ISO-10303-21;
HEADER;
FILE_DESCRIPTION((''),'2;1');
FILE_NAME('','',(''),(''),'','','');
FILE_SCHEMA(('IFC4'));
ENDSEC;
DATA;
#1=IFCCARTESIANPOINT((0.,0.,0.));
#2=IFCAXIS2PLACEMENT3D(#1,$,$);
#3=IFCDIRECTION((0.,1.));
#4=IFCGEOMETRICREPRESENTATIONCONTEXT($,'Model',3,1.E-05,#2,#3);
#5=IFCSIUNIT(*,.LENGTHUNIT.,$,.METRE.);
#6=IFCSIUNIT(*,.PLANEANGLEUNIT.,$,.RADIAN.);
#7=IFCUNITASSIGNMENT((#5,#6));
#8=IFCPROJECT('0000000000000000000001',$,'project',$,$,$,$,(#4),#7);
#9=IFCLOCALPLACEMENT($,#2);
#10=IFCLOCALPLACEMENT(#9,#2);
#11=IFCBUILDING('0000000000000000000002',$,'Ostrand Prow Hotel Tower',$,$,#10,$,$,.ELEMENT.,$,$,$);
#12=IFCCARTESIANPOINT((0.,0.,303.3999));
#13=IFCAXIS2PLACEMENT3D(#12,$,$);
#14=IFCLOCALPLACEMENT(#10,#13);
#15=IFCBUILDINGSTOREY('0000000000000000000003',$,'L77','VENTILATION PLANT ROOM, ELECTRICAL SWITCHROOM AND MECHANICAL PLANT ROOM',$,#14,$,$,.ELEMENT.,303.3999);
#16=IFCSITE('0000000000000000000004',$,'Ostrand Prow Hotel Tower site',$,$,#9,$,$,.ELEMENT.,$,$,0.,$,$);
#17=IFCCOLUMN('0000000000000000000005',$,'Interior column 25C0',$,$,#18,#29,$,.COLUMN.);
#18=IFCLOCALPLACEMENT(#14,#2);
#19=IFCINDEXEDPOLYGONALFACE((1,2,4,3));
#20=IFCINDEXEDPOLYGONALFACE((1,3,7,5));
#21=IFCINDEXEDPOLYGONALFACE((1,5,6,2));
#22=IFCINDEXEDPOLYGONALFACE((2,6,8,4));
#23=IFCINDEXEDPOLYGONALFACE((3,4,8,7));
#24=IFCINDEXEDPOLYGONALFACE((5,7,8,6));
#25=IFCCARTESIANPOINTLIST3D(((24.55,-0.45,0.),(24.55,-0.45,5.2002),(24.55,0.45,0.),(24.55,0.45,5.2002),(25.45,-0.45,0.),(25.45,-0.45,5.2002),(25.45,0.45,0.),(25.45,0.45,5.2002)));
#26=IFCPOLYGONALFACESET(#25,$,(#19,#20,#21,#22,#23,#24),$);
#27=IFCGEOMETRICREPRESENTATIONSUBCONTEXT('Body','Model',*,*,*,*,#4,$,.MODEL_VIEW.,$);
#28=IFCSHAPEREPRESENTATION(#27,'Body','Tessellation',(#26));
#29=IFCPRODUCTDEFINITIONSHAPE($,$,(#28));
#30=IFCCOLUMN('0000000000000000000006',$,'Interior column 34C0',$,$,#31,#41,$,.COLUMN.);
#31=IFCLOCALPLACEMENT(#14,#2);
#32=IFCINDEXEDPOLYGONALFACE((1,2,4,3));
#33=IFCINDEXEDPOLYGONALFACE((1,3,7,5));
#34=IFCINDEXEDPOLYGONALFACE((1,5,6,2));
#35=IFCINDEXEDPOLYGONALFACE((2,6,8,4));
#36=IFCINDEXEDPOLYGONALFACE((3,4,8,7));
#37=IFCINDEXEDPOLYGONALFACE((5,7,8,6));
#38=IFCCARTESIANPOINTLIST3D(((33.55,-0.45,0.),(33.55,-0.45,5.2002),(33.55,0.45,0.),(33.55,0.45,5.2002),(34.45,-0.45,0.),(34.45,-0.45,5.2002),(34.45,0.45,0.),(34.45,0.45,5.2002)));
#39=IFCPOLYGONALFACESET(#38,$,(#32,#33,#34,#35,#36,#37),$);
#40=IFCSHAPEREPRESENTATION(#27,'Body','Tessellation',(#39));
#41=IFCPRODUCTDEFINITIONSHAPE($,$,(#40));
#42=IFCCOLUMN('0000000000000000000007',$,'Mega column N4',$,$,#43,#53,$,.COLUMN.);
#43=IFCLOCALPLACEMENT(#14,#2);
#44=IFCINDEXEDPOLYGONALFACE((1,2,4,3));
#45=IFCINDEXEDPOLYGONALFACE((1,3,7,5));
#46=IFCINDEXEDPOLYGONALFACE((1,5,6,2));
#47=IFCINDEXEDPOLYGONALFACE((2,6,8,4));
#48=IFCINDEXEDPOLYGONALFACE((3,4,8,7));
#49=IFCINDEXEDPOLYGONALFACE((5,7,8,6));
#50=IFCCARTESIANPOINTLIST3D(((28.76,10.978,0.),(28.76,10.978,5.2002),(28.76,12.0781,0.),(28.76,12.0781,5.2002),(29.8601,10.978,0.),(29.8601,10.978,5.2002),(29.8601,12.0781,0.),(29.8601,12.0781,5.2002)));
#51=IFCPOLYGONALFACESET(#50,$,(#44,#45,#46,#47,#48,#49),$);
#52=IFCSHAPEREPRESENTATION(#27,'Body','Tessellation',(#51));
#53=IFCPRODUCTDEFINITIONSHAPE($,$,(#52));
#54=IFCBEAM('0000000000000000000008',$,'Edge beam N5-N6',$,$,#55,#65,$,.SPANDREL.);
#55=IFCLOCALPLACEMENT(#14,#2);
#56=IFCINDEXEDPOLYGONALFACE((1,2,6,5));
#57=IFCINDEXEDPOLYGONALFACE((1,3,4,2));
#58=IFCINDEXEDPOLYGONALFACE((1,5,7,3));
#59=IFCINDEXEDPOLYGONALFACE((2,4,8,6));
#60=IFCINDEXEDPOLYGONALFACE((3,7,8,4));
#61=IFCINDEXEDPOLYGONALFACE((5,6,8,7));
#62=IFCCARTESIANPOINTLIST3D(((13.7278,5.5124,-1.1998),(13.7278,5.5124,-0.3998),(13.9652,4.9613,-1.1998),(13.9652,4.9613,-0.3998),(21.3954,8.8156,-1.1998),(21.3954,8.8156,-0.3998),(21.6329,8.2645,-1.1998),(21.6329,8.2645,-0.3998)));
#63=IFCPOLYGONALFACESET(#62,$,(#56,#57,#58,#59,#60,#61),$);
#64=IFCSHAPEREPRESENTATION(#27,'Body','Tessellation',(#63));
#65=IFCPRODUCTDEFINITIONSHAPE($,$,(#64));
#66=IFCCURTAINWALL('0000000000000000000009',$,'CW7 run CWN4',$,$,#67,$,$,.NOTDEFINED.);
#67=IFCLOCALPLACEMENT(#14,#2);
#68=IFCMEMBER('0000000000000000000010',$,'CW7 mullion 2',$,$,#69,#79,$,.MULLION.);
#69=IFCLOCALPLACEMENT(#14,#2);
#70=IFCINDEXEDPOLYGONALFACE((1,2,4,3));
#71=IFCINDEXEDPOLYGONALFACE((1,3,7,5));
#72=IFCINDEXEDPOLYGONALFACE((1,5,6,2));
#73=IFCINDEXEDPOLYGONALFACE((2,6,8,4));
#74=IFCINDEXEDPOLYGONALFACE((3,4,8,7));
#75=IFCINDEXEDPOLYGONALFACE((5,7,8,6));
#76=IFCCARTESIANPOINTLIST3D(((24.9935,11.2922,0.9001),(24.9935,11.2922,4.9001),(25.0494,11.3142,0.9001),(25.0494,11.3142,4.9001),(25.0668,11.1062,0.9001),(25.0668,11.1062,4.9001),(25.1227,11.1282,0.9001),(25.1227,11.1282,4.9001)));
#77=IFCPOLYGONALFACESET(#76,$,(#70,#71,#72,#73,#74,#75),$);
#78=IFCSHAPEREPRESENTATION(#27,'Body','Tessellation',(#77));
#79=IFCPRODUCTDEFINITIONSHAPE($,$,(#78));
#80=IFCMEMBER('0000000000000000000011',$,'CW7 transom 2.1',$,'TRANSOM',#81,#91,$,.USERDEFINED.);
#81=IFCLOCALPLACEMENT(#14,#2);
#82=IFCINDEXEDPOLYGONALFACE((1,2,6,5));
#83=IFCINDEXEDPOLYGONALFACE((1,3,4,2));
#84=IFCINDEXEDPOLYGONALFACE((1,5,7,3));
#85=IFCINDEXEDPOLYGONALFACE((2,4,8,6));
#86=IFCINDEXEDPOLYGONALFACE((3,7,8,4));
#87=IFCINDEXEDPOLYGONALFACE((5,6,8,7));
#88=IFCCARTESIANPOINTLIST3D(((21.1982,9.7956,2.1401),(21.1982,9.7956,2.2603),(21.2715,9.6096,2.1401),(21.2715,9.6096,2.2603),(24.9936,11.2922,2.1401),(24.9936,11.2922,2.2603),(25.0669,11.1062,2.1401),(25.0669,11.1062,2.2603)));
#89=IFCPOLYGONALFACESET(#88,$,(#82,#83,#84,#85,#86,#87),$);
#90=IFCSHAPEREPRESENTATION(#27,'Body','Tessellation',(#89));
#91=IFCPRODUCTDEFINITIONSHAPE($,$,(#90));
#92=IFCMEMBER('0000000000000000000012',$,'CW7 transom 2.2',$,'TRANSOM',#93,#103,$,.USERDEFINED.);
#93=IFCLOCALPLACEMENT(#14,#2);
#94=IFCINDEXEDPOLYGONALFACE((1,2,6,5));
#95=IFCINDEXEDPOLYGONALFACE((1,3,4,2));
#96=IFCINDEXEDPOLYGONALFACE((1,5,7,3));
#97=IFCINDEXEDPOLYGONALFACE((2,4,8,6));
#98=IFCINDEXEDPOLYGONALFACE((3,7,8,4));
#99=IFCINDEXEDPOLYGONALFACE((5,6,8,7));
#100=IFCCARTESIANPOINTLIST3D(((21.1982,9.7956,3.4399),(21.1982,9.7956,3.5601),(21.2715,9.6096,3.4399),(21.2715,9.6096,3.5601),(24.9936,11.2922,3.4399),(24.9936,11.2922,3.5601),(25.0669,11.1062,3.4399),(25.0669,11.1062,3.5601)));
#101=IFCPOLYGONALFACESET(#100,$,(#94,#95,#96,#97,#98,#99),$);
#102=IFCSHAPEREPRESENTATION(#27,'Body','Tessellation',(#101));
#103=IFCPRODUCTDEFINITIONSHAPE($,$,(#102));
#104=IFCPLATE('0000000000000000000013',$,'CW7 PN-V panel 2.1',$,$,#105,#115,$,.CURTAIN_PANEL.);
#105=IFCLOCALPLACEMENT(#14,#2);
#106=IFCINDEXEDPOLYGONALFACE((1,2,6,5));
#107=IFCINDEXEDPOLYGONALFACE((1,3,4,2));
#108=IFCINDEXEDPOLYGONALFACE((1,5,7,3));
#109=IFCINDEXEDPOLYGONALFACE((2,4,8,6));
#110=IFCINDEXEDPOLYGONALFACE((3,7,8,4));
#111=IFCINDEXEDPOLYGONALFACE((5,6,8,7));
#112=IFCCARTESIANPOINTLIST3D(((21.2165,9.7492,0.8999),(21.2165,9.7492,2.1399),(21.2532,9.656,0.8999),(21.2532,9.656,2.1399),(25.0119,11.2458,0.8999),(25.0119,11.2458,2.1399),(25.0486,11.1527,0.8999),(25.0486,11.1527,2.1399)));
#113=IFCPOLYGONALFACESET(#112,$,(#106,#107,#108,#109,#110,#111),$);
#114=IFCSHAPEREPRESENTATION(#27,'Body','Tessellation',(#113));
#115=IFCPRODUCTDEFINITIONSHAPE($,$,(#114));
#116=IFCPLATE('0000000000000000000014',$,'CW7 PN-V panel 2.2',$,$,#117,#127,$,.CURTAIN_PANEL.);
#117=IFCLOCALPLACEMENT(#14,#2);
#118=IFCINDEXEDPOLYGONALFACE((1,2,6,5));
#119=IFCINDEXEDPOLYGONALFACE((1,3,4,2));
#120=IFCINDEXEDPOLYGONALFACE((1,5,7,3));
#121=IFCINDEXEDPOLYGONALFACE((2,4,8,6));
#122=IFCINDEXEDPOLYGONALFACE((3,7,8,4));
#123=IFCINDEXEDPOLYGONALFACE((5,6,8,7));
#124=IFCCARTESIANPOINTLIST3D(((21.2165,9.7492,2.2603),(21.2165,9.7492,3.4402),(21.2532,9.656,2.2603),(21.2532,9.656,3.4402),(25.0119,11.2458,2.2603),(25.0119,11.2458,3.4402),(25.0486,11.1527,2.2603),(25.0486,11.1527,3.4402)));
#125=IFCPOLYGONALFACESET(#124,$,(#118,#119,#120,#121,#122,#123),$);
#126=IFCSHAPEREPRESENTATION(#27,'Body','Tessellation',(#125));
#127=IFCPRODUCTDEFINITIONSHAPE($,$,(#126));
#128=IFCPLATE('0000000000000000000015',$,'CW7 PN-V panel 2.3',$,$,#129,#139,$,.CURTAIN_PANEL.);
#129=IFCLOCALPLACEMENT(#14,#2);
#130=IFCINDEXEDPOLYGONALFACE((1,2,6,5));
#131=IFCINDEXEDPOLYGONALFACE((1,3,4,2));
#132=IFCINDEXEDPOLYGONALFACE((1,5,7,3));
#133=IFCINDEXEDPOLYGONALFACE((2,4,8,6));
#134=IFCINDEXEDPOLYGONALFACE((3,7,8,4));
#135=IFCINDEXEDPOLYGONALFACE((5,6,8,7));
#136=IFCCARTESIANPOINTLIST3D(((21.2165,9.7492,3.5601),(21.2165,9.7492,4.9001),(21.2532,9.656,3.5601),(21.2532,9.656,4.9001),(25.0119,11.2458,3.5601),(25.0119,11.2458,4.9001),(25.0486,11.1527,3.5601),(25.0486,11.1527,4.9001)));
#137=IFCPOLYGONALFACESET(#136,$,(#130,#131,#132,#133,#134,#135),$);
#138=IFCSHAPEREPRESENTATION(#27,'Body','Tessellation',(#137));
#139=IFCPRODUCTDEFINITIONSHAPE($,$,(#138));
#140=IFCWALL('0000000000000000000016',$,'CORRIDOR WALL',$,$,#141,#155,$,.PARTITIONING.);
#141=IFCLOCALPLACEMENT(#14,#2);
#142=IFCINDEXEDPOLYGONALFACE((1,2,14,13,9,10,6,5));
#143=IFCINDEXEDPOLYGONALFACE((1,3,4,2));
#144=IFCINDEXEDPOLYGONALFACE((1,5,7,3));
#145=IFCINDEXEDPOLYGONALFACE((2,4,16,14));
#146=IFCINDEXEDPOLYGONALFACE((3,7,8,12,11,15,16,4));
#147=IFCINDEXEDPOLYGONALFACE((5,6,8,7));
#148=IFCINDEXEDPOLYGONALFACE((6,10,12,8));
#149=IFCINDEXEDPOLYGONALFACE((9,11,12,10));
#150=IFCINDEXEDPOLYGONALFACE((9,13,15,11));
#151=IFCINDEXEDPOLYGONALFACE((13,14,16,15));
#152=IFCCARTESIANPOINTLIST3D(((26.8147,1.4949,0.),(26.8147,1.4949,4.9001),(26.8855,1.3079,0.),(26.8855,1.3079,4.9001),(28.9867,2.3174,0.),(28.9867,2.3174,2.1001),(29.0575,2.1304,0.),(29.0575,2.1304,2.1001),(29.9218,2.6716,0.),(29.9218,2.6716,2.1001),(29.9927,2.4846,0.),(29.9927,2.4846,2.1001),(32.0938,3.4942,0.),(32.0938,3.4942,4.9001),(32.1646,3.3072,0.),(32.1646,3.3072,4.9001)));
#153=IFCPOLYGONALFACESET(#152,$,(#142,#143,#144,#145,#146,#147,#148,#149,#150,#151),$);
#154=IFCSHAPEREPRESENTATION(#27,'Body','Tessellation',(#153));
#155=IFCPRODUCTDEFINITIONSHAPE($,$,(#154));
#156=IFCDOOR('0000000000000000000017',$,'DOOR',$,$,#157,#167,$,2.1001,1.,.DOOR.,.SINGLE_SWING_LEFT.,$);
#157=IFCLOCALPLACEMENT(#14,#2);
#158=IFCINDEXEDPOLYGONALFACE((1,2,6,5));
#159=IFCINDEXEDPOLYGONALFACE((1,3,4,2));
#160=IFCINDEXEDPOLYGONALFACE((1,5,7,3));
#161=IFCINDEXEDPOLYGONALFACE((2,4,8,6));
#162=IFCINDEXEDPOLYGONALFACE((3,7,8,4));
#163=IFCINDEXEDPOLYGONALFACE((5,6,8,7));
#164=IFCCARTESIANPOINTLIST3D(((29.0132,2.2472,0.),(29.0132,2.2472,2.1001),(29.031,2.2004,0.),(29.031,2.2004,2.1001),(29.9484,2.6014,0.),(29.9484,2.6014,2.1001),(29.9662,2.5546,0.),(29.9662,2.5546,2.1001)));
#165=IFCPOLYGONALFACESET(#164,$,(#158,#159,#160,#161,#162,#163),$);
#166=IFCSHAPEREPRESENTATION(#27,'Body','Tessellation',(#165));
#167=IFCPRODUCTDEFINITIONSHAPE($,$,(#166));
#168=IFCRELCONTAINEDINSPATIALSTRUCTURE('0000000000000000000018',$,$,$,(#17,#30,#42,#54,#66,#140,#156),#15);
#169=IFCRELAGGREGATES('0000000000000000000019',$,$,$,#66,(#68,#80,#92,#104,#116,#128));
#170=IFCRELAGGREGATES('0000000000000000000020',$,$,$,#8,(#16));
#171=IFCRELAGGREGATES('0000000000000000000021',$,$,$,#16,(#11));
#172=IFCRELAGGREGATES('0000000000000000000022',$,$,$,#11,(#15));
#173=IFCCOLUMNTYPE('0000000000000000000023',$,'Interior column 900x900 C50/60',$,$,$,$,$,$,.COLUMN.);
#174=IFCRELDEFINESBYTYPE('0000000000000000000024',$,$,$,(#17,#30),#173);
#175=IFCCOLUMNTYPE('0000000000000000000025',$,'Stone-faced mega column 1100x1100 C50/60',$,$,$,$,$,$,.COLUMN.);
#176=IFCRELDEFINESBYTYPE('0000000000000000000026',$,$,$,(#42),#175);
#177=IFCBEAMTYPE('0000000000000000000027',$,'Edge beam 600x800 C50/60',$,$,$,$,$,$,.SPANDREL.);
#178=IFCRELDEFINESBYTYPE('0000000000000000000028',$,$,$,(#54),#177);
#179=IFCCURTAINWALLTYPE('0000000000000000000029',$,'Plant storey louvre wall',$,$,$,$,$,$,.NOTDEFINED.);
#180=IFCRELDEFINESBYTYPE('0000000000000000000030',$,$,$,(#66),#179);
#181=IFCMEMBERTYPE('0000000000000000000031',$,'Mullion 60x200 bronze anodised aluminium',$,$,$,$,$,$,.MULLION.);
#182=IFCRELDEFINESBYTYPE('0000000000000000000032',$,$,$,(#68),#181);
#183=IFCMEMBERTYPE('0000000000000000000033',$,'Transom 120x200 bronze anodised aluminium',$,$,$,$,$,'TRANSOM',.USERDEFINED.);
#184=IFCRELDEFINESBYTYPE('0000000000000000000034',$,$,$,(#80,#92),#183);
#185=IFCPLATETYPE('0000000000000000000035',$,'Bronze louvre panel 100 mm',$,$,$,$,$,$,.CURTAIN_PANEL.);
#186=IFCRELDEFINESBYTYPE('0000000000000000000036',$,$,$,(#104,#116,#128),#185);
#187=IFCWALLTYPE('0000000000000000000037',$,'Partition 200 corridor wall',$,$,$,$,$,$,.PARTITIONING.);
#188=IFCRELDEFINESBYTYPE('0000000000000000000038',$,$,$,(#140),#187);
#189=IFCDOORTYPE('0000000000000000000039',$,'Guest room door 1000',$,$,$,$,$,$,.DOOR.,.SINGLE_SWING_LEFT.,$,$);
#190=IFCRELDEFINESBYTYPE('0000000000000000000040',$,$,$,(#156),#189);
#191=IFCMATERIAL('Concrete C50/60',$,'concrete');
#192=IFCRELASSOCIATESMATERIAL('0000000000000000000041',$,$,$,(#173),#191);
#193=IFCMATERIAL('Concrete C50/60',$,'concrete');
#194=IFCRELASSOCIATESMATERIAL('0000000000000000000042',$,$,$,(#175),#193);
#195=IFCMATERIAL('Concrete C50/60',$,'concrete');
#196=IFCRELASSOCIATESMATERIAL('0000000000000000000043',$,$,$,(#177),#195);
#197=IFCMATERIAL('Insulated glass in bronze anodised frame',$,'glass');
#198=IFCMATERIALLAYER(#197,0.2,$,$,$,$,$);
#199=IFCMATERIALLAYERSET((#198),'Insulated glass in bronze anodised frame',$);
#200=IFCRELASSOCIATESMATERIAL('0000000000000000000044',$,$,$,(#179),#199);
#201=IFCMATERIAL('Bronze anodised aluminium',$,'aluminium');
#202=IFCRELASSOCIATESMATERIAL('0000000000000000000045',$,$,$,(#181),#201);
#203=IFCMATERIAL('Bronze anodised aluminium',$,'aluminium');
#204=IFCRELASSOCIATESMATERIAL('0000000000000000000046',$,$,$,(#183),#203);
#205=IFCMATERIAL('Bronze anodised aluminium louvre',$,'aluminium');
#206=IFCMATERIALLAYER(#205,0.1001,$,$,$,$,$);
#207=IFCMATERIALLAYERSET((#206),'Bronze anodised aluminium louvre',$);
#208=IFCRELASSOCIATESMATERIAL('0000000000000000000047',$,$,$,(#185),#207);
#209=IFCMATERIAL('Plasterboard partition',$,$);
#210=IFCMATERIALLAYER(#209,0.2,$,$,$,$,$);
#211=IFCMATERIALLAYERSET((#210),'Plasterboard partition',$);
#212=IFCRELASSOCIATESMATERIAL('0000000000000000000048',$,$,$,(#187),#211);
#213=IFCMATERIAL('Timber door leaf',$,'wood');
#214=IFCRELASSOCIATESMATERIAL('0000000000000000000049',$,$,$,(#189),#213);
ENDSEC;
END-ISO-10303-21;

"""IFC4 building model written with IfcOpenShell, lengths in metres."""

from ifc_helpers import new_model, si_unit, direction, frame, frame_2d, origin, origin_2d, place, context, subcontext, project, spatial, rectangle, extrude, material, layer, layer_set, material_profile, profile_set, type_object, element, fill, aggregate, save


model = new_model("IFC4")

# Units and contexts
model_context = context("Model", 3, precision=1e-05, world=origin(), true_north=direction((0.0, 1.0)))
body_context = subcontext(model_context, "Body", "Model", "MODEL_VIEW")
ifc_project = project(units=[si_unit("LENGTHUNIT", "METRE"), si_unit("PLANEANGLEUNIT", "RADIAN")], contexts=[model_context])

# Site, building, storey
site_placement = place(None, origin())
site = spatial("IfcSite", under=ifc_project, at=site_placement, Name="Ostrand Prow Hotel Tower site", CompositionType="ELEMENT", RefElevation=0.0)
building_placement = place(site_placement, origin())
building = spatial("IfcBuilding", under=site, at=building_placement, Name="Ostrand Prow Hotel Tower", CompositionType="ELEMENT")
storey_placement = place(building_placement, frame((0.0, 0.0, 303.3999)))
storey = spatial("IfcBuildingStorey", under=building, at=storey_placement, Name="L77", Description="VENTILATION PLANT ROOM, ELECTRICAL SWITCHROOM AND MECHANICAL PLANT ROOM", CompositionType="ELEMENT", Elevation=303.3999)

# Columns
ifc_material_1 = material(Name="Concrete C50/60", Category="concrete")
ifc_material_profile_1 = material_profile(ifc_material_1, rectangle(XDim=0.8999, YDim=0.8999, at=origin_2d()), Name="RC 900x900")
ifc_profile_set_1 = profile_set([ifc_material_profile_1], Name="Concrete C50/60")
column_type_1 = type_object("IfcColumnType", Name="Interior column 900x900 C50/60", PredefinedType="COLUMN", material=ifc_profile_set_1)
for number, where, z_axis, x_axis, name in (
    (1, (25.0, 0.0, 0.0), (0.0, 0.0, 1.0), (1.0, 0.0, 0.0), "Interior column 25C0"),
    (2, (34.0, 0.0, 0.0), (0.0, 0.0, 1.0), (1.0, 0.0, 0.0), "Interior column 34C0"),
):
    element("IfcColumn", number, at=place(storey_placement, frame(where, z_axis=z_axis, x_axis=x_axis)), inside=storey, type_object=column_type_1, Name=name, PredefinedType="COLUMN", context=body_context, shape_type="SweptSolid", body=[
        extrude(rectangle(XDim=0.8999, YDim=0.8999, at=origin_2d()), origin(), (0.0, 0.0, 1.0), 5.2002),
    ])
ifc_material_2 = material(Name="Concrete C50/60", Category="concrete")
ifc_material_profile_2 = material_profile(ifc_material_2, rectangle(XDim=1.1001, YDim=1.1001, at=origin_2d()), Name="RC 1100x1100")
ifc_profile_set_2 = profile_set([ifc_material_profile_2], Name="Concrete C50/60")
column_type_2 = type_object("IfcColumnType", Name="Stone-faced mega column 1100x1100 C50/60", PredefinedType="COLUMN", material=ifc_profile_set_2)
column_placement = place(storey_placement, frame((29.3101, 11.5281, 0.0), z_axis=(0.0, 0.0, 1.0), x_axis=(1.0, 0.0, 0.0)))
element("IfcColumn", 3, at=column_placement, inside=storey, type_object=column_type_2, Name="Mega column N4", PredefinedType="COLUMN", context=body_context, shape_type="SweptSolid", body=[
    extrude(rectangle(XDim=1.1001, YDim=1.1001, at=origin_2d()), origin(), (0.0, 0.0, 1.0), 5.2002),
])

# Beam
ifc_material_3 = material(Name="Concrete C50/60", Category="concrete")
ifc_material_profile_3 = material_profile(ifc_material_3, rectangle(XDim=0.6001, YDim=0.8, at=origin_2d()), Name="RC 600x800")
ifc_profile_set_3 = profile_set([ifc_material_profile_3], Name="Concrete C50/60")
beam_type = type_object("IfcBeamType", Name="Edge beam 600x800 C50/60", PredefinedType="SPANDREL", material=ifc_profile_set_3)
beam_placement = place(storey_placement, frame((21.5142, 8.54, -0.7998), z_axis=(-0.918404, -0.395644, 0.0), x_axis=(0.395644, -0.918404, 0.0)))
element("IfcBeam", 4, at=beam_placement, inside=storey, type_object=beam_type, Name="Edge beam N5-N6", PredefinedType="SPANDREL", context=body_context, shape_type="SweptSolid", body=[
    extrude(rectangle(XDim=0.6001, YDim=0.8, at=origin_2d()), origin(), (0.0, 0.0, 1.0), 8.3489),
])

# Curtain wall, members, plates
ifc_material_4 = material(Name="Insulated glass in bronze anodised frame", Category="glass")
ifc_layer_1 = layer(ifc_material_4, 0.2)
ifc_layer_set_1 = layer_set([ifc_layer_1], Name="Insulated glass in bronze anodised frame")
curtain_wall_type = type_object("IfcCurtainWallType", Name="Plant storey louvre wall", PredefinedType="NOTDEFINED", material=ifc_layer_set_1)
curtain_wall_placement = place(storey_placement, origin())
curtain_wall = element("IfcCurtainWall", 5, at=curtain_wall_placement, inside=storey, type_object=curtain_wall_type, Name="CW7 run CWN4", PredefinedType="NOTDEFINED")
ifc_material_5 = material(Name="Bronze anodised aluminium", Category="aluminium")
ifc_material_profile_4 = material_profile(ifc_material_5, rectangle(XDim=0.2, YDim=0.0601, at=origin_2d()), Name="Mullion 60x200 bronze anodised aluminium")
ifc_profile_set_4 = profile_set([ifc_material_profile_4], Name="Bronze anodised aluminium")
member_type_1 = type_object("IfcMemberType", Name="Mullion 60x200 bronze anodised aluminium", PredefinedType="MULLION", material=ifc_profile_set_4)
member_1_placement = place(storey_placement, frame((25.0581, 11.2102, 0.9001), z_axis=(0.0, 0.0, 1.0), x_axis=(0.366845, -0.930282, 0.0)))
member_1 = element("IfcMember", 6, at=member_1_placement, type_object=member_type_1, Name="CW7 mullion 2", PredefinedType="MULLION", context=body_context, shape_type="SweptSolid", body=[
    extrude(rectangle(XDim=0.2, YDim=0.0601, at=origin_2d()), origin(), (0.0, 0.0, 1.0), 4.0),
])
ifc_material_6 = material(Name="Bronze anodised aluminium", Category="aluminium")
ifc_material_profile_5 = material_profile(ifc_material_6, rectangle(XDim=0.2, YDim=0.1201, at=origin_2d()), Name="Transom 120x200 bronze anodised aluminium")
ifc_profile_set_5 = profile_set([ifc_material_profile_5], Name="Bronze anodised aluminium")
member_type_2 = type_object("IfcMemberType", Name="Transom 120x200 bronze anodised aluminium", ElementType="TRANSOM", PredefinedType="USERDEFINED", material=ifc_profile_set_5)
member_2_placement = place(storey_placement, frame((25.0303, 11.1992, 2.2002), z_axis=(-0.93029, -0.366826, 0.0), x_axis=(0.366826, -0.93029, 0.0)))
member_2 = element("IfcMember", 7, at=member_2_placement, type_object=member_type_2, Name="CW7 transom 2.1", ObjectType="TRANSOM", PredefinedType="USERDEFINED", context=body_context, shape_type="SweptSolid", body=[
    extrude(rectangle(XDim=0.2, YDim=0.1201, at=origin_2d()), origin(), (0.0, 0.0, 1.0), 4.0798),
])
member_3_placement = place(storey_placement, frame((25.0303, 11.1992, 3.5), z_axis=(-0.93029, -0.366826, 0.0), x_axis=(0.366826, -0.93029, 0.0)))
member_3 = element("IfcMember", 8, at=member_3_placement, type_object=member_type_2, Name="CW7 transom 2.2", ObjectType="TRANSOM", PredefinedType="USERDEFINED", context=body_context, shape_type="SweptSolid", body=[
    extrude(rectangle(XDim=0.2, YDim=0.1201, at=origin_2d()), origin(), (0.0, 0.0, 1.0), 4.0798),
])
ifc_material_7 = material(Name="Bronze anodised aluminium louvre", Category="aluminium")
ifc_layer_2 = layer(ifc_material_7, 0.1001)
ifc_layer_set_2 = layer_set([ifc_layer_2], Name="Bronze anodised aluminium louvre")
plate_type = type_object("IfcPlateType", Name="Bronze louvre panel 100 mm", PredefinedType="CURTAIN_PANEL", material=ifc_layer_set_2)
plate_1_placement = place(storey_placement, frame((23.1326, 10.4509, 0.8999), z_axis=(0.0, 0.0, 1.0), x_axis=(-0.930282, -0.366845, 0.0)))
plate_1 = element("IfcPlate", 9, at=plate_1_placement, type_object=plate_type, Name="CW7 PN-V panel 2.1", PredefinedType="CURTAIN_PANEL", context=body_context, shape_type="SweptSolid", body=[
    extrude(rectangle(XDim=4.0798, YDim=0.1001, at=origin_2d()), origin(), (0.0, 0.0, 1.0), 1.24),
])
plate_2_placement = place(storey_placement, frame((23.1326, 10.4509, 2.2603), z_axis=(0.0, 0.0, 1.0), x_axis=(-0.930282, -0.366845, 0.0)))
plate_2 = element("IfcPlate", 10, at=plate_2_placement, type_object=plate_type, Name="CW7 PN-V panel 2.2", PredefinedType="CURTAIN_PANEL", context=body_context, shape_type="SweptSolid", body=[
    extrude(rectangle(XDim=4.0798, YDim=0.1001, at=origin_2d()), origin(), (0.0, 0.0, 1.0), 1.1799),
])
plate_3_placement = place(storey_placement, frame((23.1326, 10.4509, 3.5601), z_axis=(0.0, 0.0, 1.0), x_axis=(-0.930282, -0.366845, 0.0)))
plate_3 = element("IfcPlate", 11, at=plate_3_placement, type_object=plate_type, Name="CW7 PN-V panel 2.3", PredefinedType="CURTAIN_PANEL", context=body_context, shape_type="SweptSolid", body=[
    extrude(rectangle(XDim=4.0798, YDim=0.1001, at=origin_2d()), origin(), (0.0, 0.0, 1.0), 1.3401),
])
aggregate(curtain_wall, [member_1, member_2, member_3, plate_1, plate_2, plate_3])

# Wall, opening, door
ifc_material_8 = material(Name="Plasterboard partition")
ifc_layer_3 = layer(ifc_material_8, 0.2)
ifc_layer_set_3 = layer_set([ifc_layer_3], Name="Plasterboard partition")
wall_type_1 = type_object("IfcWallType", Name="Partition 200 corridor wall", PredefinedType="PARTITIONING", material=ifc_layer_set_3)
wall_1_placement = place(storey_placement, frame((26.8501, 1.4014, 0.0), z_axis=(0.0, 0.0, 1.0), x_axis=(0.935181, 0.354169, 0.0)))
wall_1 = element("IfcWall", 12, at=wall_1_placement, inside=storey, type_object=wall_type_1, Name="CORRIDOR WALL", PredefinedType="PARTITIONING", context=body_context, shape_type="SweptSolid", body=[
    extrude(rectangle(XDim=5.645, YDim=0.2, at=frame_2d((2.8225, 0.0))), origin(), (0.0, 0.0, 1.0), 4.9001),
])
opening_1_placement = place(wall_1_placement, frame((2.3225, 0.0, 0.0)))
opening_1 = element("IfcOpeningElement", 13, at=opening_1_placement, cuts=wall_1, PredefinedType="OPENING", context=body_context, shape_type="SweptSolid", body=[
    extrude(rectangle(XDim=1.0, YDim=2.1001, at=frame_2d((0.5, 1.05))), frame((0.0, 0.1099, 0.0), z_axis=(0.0, -1.0, 0.0), x_axis=(1.0, 0.0, 0.0)), (0.0, 0.0, 1.0), 0.22),
])
ifc_material_9 = material(Name="Timber door leaf", Category="wood")
door_type_1 = type_object("IfcDoorType", Name="Guest room door 1000", OperationType="SINGLE_SWING_LEFT", PredefinedType="DOOR", material=ifc_material_9)
door_1_placement = place(opening_1_placement, origin())
door_1 = element("IfcDoor", 14, at=door_1_placement, inside=storey, type_object=door_type_1, Name="DOOR", OperationType="SINGLE_SWING_LEFT", OverallHeight=2.1001, OverallWidth=1.0, PredefinedType="DOOR", context=body_context, shape_type="SweptSolid", body=[
    extrude(rectangle(XDim=1.0, YDim=2.1001, at=frame_2d((0.5, 1.05))), frame((0.0, 0.0249, 0.0), z_axis=(0.0, -1.0, 0.0), x_axis=(1.0, 0.0, 0.0)), (0.0, 0.0, 1.0), 0.05),
])
fill(opening_1, door_1)

save(model, "model.ifc")
